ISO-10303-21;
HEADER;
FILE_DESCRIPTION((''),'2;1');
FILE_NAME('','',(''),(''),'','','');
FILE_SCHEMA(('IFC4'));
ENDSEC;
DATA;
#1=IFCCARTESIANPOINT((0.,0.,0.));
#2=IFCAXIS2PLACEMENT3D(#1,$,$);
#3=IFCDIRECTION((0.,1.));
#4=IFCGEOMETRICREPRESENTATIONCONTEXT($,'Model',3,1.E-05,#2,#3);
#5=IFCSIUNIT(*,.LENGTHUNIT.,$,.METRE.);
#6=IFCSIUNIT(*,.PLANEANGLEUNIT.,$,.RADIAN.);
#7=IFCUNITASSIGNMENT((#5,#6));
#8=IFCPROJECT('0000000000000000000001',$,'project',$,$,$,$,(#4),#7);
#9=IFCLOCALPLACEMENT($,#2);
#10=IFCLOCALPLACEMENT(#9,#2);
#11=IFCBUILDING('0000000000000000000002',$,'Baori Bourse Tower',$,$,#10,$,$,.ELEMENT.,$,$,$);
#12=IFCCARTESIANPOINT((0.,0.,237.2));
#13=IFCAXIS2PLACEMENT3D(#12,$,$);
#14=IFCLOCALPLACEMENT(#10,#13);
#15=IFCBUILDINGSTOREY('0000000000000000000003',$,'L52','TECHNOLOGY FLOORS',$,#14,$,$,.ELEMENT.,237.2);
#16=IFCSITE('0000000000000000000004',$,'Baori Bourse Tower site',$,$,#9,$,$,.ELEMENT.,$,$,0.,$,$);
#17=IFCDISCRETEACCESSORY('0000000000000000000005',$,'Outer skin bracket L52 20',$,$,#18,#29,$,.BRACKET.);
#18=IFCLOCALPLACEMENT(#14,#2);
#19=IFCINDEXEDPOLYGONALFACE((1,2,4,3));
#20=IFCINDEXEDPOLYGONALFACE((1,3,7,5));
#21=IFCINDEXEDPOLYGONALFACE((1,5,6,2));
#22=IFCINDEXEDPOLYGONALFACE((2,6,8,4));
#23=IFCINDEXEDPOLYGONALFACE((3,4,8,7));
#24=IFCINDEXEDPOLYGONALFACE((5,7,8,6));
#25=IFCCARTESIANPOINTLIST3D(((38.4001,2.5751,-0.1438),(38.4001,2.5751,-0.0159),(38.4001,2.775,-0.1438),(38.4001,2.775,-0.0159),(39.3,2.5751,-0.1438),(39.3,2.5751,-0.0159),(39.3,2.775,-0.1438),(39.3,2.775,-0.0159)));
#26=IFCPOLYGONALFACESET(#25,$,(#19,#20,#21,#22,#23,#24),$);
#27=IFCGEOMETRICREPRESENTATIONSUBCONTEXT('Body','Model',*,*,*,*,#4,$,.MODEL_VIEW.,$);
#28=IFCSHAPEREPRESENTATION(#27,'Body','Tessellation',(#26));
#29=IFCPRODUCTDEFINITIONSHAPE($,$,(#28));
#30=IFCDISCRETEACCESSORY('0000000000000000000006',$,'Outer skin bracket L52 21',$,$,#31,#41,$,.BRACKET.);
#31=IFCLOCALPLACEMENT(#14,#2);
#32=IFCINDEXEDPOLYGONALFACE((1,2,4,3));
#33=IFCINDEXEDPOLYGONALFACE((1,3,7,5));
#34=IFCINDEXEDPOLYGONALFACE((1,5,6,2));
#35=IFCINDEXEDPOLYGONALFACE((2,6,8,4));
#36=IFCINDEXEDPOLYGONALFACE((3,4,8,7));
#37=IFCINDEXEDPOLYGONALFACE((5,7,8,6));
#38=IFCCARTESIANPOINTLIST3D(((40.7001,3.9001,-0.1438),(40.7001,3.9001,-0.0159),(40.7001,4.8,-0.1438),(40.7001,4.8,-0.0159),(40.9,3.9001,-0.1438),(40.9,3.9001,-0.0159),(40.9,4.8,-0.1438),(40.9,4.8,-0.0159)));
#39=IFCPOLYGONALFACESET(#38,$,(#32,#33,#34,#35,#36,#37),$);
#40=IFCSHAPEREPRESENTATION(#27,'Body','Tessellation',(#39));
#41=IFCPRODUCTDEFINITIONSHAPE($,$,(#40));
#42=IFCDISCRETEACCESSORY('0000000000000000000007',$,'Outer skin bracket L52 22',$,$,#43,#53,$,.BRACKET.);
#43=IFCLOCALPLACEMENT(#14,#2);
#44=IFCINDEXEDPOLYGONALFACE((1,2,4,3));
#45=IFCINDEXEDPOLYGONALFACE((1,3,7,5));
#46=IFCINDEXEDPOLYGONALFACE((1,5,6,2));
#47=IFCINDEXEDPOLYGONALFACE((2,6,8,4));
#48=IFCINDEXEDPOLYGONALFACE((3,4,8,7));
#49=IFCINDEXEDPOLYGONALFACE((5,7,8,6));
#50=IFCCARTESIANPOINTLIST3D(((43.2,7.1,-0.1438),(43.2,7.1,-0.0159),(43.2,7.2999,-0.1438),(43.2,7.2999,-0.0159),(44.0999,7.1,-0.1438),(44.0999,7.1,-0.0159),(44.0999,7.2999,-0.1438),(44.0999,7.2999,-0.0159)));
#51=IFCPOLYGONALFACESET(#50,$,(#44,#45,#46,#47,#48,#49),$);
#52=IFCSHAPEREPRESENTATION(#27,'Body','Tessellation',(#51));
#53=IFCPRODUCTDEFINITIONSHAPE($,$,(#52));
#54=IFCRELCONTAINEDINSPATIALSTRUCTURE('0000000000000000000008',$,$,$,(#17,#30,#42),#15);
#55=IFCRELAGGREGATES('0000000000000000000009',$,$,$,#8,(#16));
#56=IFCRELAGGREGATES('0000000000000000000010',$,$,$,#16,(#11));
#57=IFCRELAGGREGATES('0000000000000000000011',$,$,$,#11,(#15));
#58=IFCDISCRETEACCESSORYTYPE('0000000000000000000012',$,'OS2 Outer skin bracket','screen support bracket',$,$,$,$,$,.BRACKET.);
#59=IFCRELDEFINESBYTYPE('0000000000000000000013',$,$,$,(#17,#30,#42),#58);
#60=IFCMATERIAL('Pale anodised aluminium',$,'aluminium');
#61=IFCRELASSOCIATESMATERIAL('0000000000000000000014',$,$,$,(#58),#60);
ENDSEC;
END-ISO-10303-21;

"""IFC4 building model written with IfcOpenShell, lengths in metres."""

from ifc_helpers import new_model, si_unit, direction, frame, origin, origin_2d, place, context, subcontext, project, spatial, rectangle, extrude, material, type_object, element, save


model = new_model("IFC4")

# Units and contexts
model_context = context("Model", 3, precision=1e-05, world=origin(), true_north=direction((0.0, 1.0)))
body_context = subcontext(model_context, "Body", "Model", "MODEL_VIEW")
ifc_project = project(units=[si_unit("LENGTHUNIT", "METRE"), si_unit("PLANEANGLEUNIT", "RADIAN")], contexts=[model_context])

# Site, building, storey
site_placement = place(None, origin())
site = spatial("IfcSite", under=ifc_project, at=site_placement, Name="Baori Bourse Tower site", CompositionType="ELEMENT", RefElevation=0.0)
building_placement = place(site_placement, origin())
building = spatial("IfcBuilding", under=site, at=building_placement, Name="Baori Bourse Tower", CompositionType="ELEMENT")
storey_placement = place(building_placement, frame((0.0, 0.0, 237.2)))
storey = spatial("IfcBuildingStorey", under=building, at=storey_placement, Name="L52", Description="TECHNOLOGY FLOORS", CompositionType="ELEMENT", Elevation=237.2)

# Discrete accessories
ifc_material_1 = material(Name="Pale anodised aluminium", Category="aluminium")
discrete_accessory_type = type_object("IfcDiscreteAccessoryType", Name="OS2 Outer skin bracket", Description="screen support bracket", PredefinedType="BRACKET", material=ifc_material_1)
for number, where, z_axis, x_axis, name in (
    (1, (38.8501, 2.675, -0.1438), (0.0, 0.0, 1.0), (0.0, 1.0, 0.0), "Outer skin bracket L52 20"),
    (2, (40.8, 4.3501, -0.1438), (0.0, 0.0, 1.0), (1.0, 0.0, 0.0), "Outer skin bracket L52 21"),
    (3, (43.6499, 7.2, -0.1438), (0.0, 0.0, 1.0), (0.0, 1.0, 0.0), "Outer skin bracket L52 22"),
):
    element("IfcDiscreteAccessory", number, at=place(storey_placement, frame(where, z_axis=z_axis, x_axis=x_axis)), inside=storey, type_object=discrete_accessory_type, Name=name, PredefinedType="BRACKET", context=body_context, shape_type="SweptSolid", body=[
        extrude(rectangle(XDim=0.2, YDim=0.8999, at=origin_2d()), origin(), (0.0, 0.0, 1.0), 0.1279),
    ])

save(model, "model.ifc")
